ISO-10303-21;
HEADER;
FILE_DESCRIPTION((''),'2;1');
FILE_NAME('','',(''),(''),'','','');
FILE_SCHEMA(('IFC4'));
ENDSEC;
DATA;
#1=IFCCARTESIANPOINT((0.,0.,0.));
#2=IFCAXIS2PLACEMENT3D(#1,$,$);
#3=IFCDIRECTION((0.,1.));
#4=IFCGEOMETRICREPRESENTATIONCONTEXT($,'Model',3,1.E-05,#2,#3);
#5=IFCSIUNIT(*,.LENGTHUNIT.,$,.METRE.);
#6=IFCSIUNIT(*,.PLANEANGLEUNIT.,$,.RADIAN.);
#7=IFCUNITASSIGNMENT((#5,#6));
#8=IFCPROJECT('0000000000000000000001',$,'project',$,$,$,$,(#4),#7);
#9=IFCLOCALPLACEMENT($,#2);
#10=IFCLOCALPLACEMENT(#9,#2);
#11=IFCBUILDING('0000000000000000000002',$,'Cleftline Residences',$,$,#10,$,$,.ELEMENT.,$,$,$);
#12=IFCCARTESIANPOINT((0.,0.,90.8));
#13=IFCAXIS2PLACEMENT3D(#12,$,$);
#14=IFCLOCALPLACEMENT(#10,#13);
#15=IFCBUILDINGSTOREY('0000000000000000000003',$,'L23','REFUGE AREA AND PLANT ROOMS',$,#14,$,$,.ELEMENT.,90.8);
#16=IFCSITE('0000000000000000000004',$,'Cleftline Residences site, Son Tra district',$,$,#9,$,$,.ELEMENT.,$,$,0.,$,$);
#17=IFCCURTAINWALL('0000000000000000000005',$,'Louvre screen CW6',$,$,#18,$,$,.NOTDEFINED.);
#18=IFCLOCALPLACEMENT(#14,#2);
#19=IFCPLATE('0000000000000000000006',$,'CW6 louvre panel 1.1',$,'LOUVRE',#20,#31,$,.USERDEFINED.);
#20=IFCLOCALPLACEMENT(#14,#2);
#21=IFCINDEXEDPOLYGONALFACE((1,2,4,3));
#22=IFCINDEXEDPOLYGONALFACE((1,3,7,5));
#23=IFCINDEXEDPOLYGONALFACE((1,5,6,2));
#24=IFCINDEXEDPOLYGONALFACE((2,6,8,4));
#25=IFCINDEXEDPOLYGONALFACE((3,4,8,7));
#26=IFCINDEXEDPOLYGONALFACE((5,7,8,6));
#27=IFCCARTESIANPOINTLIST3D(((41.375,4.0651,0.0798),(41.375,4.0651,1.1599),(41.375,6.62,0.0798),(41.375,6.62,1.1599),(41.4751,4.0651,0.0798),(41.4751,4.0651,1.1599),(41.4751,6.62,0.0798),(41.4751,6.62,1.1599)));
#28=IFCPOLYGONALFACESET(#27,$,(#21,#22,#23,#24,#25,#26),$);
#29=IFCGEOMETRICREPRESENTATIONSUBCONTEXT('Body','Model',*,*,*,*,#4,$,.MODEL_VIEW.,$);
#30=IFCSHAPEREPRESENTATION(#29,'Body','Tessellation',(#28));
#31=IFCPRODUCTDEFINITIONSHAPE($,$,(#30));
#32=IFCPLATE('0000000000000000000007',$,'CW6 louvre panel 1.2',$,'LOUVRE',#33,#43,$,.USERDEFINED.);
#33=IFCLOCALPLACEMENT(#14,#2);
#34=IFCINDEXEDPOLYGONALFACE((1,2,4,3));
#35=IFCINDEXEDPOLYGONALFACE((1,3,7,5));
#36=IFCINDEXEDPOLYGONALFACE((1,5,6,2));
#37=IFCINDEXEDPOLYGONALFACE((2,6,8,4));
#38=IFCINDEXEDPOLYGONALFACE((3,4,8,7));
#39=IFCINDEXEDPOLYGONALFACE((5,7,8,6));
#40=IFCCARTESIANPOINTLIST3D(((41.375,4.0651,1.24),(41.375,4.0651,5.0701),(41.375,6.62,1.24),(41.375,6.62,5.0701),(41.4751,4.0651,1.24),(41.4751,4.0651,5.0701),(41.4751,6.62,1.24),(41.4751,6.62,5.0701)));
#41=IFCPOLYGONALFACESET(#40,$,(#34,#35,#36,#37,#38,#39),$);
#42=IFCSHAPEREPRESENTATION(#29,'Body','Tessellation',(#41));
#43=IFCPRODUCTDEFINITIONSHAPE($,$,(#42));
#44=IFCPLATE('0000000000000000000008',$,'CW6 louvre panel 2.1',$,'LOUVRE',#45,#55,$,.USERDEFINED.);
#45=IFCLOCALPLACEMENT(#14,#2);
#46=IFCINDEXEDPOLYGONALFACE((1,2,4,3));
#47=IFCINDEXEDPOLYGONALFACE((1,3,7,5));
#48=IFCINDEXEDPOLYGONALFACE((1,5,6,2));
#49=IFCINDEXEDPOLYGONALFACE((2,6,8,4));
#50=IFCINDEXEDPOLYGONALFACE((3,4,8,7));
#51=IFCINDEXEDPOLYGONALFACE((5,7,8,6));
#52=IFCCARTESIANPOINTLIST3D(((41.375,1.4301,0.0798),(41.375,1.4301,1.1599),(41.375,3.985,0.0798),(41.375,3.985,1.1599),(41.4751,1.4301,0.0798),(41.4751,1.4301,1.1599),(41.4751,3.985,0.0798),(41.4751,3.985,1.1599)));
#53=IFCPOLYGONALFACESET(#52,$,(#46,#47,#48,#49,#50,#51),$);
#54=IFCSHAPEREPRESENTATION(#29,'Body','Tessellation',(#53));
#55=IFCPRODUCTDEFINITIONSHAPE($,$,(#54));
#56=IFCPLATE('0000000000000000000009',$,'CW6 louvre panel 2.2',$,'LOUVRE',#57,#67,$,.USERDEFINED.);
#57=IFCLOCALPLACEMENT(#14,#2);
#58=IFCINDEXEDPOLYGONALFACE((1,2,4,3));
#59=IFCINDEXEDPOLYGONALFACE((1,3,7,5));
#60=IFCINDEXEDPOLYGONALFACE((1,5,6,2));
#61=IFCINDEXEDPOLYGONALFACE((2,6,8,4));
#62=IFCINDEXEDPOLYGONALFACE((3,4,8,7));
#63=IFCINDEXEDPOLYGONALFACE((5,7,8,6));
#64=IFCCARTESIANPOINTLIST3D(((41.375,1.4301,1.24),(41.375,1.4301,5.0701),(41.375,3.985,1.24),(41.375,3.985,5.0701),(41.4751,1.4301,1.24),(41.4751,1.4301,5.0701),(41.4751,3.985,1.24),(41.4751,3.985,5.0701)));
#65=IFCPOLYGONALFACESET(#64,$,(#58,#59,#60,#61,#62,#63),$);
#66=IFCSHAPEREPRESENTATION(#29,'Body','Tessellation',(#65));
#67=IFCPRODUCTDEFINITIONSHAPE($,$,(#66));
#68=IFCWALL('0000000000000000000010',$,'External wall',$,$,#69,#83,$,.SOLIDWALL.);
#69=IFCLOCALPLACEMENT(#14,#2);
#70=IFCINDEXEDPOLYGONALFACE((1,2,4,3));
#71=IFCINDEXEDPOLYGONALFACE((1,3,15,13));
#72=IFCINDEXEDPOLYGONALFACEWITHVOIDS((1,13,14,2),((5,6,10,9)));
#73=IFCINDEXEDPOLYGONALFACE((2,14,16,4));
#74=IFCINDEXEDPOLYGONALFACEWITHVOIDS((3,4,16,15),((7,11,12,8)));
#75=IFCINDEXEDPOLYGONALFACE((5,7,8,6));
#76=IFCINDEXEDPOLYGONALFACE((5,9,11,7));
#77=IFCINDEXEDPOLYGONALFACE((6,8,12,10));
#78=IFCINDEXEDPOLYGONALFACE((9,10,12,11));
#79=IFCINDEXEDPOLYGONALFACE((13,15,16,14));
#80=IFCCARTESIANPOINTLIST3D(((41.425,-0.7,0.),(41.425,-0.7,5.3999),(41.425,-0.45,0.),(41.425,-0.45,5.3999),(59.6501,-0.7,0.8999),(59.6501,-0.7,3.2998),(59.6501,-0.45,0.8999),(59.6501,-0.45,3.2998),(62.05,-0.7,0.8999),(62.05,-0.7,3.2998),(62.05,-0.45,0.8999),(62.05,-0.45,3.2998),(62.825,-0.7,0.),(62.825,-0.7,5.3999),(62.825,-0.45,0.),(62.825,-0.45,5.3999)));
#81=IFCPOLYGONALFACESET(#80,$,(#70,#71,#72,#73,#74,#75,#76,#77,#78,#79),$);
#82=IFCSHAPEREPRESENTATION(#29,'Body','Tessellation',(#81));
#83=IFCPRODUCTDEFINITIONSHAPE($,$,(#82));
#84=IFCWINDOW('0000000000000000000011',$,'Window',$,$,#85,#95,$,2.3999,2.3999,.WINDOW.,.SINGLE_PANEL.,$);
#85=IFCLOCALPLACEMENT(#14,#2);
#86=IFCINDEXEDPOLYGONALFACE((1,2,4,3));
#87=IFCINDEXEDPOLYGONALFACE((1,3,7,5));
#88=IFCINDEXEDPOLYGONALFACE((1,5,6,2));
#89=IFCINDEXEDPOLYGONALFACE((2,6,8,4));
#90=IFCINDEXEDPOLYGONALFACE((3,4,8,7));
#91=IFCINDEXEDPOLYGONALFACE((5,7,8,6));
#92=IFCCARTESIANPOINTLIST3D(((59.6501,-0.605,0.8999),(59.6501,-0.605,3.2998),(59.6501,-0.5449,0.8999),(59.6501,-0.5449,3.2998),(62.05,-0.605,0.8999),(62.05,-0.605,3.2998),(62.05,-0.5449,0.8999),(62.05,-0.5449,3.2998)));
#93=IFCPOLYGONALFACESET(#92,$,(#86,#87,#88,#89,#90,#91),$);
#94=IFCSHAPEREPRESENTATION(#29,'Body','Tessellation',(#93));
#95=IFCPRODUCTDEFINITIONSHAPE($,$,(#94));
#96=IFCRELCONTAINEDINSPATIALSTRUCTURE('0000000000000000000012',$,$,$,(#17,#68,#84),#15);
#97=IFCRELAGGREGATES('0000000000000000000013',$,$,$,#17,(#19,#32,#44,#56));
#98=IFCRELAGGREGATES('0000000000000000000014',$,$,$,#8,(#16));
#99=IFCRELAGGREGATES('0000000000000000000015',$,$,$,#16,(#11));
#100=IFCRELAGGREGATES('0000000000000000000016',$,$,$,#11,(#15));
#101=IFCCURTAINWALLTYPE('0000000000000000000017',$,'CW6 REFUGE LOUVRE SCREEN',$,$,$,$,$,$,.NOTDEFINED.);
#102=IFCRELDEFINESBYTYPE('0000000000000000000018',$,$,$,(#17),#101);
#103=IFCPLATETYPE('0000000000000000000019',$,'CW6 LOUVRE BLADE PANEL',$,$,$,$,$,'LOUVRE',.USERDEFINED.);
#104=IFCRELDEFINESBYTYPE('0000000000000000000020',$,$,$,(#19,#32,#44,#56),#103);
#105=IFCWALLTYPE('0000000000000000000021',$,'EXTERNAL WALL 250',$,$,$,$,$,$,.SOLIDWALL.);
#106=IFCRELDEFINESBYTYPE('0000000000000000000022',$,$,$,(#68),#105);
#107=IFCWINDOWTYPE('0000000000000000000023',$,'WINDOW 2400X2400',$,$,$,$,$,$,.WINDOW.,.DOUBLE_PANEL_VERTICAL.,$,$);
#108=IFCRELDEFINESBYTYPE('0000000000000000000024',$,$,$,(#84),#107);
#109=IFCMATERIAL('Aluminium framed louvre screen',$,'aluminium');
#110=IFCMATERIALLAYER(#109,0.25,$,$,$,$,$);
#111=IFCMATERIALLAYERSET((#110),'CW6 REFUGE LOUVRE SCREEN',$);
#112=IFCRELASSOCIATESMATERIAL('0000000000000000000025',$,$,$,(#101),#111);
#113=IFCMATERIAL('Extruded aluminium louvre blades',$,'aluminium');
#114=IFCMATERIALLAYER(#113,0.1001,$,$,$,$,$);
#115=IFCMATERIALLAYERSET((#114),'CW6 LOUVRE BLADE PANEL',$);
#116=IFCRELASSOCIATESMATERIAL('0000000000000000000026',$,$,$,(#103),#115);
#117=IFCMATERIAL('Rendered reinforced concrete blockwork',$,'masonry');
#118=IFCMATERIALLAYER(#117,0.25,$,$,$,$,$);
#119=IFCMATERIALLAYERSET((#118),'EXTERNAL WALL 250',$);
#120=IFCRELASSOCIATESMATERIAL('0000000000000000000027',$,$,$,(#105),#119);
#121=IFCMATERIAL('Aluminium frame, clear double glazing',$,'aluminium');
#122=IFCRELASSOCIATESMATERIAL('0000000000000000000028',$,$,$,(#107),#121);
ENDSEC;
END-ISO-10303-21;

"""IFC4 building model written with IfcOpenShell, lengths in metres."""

from ifc_helpers import new_model, si_unit, direction, frame, frame_2d, origin, origin_2d, place, context, subcontext, project, spatial, rectangle, extrude, material, layer, layer_set, type_object, element, fill, aggregate, save


model = new_model("IFC4")

# Units and contexts
model_context = context("Model", 3, precision=1e-05, world=origin(), true_north=direction((0.0, 1.0)))
body_context = subcontext(model_context, "Body", "Model", "MODEL_VIEW")
ifc_project = project(units=[si_unit("LENGTHUNIT", "METRE"), si_unit("PLANEANGLEUNIT", "RADIAN")], contexts=[model_context])

# Site, building, storey
site_placement = place(None, origin())
site = spatial("IfcSite", under=ifc_project, at=site_placement, Name="Cleftline Residences site, Son Tra district", CompositionType="ELEMENT", RefElevation=0.0)
building_placement = place(site_placement, origin())
building = spatial("IfcBuilding", under=site, at=building_placement, Name="Cleftline Residences", CompositionType="ELEMENT")
storey_placement = place(building_placement, frame((0.0, 0.0, 90.8)))
storey = spatial("IfcBuildingStorey", under=building, at=storey_placement, Name="L23", Description="REFUGE AREA AND PLANT ROOMS", CompositionType="ELEMENT", Elevation=90.8)

# Curtain wall, plates
ifc_material_1 = material(Name="Aluminium framed louvre screen", Category="aluminium")
ifc_layer_1 = layer(ifc_material_1, 0.25)
ifc_layer_set_1 = layer_set([ifc_layer_1], Name="CW6 REFUGE LOUVRE SCREEN")
curtain_wall_type = type_object("IfcCurtainWallType", Name="CW6 REFUGE LOUVRE SCREEN", PredefinedType="NOTDEFINED", material=ifc_layer_set_1)
curtain_wall_placement = place(storey_placement, origin())
curtain_wall = element("IfcCurtainWall", 1, at=curtain_wall_placement, inside=storey, type_object=curtain_wall_type, Name="Louvre screen CW6", PredefinedType="NOTDEFINED")
ifc_material_2 = material(Name="Extruded aluminium louvre blades", Category="aluminium")
ifc_layer_2 = layer(ifc_material_2, 0.1001)
ifc_layer_set_2 = layer_set([ifc_layer_2], Name="CW6 LOUVRE BLADE PANEL")
plate_type = type_object("IfcPlateType", Name="CW6 LOUVRE BLADE PANEL", ElementType="LOUVRE", PredefinedType="USERDEFINED", material=ifc_layer_set_2)
plate_1_placement = place(storey_placement, frame((41.425, 5.3425, 0.0798), z_axis=(0.0, 0.0, 1.0), x_axis=(0.0, -1.0, 0.0)))
plate_1 = element("IfcPlate", 2, at=plate_1_placement, type_object=plate_type, Name="CW6 louvre panel 1.1", ObjectType="LOUVRE", PredefinedType="USERDEFINED", context=body_context, shape_type="SweptSolid", body=[
    extrude(rectangle(XDim=2.5549, YDim=0.1001, at=origin_2d()), origin(), (0.0, 0.0, 1.0), 1.0801),
])
plate_2_placement = place(storey_placement, frame((41.425, 5.3425, 1.24), z_axis=(0.0, 0.0, 1.0), x_axis=(0.0, -1.0, 0.0)))
plate_2 = element("IfcPlate", 3, at=plate_2_placement, type_object=plate_type, Name="CW6 louvre panel 1.2", ObjectType="LOUVRE", PredefinedType="USERDEFINED", context=body_context, shape_type="SweptSolid", body=[
    extrude(rectangle(XDim=2.5549, YDim=0.1001, at=origin_2d()), origin(), (0.0, 0.0, 1.0), 3.8301),
])
plate_3_placement = place(storey_placement, frame((41.425, 2.7075, 0.0798), z_axis=(0.0, 0.0, 1.0), x_axis=(0.0, -1.0, 0.0)))
plate_3 = element("IfcPlate", 4, at=plate_3_placement, type_object=plate_type, Name="CW6 louvre panel 2.1", ObjectType="LOUVRE", PredefinedType="USERDEFINED", context=body_context, shape_type="SweptSolid", body=[
    extrude(rectangle(XDim=2.5549, YDim=0.1001, at=origin_2d()), origin(), (0.0, 0.0, 1.0), 1.0801),
])
plate_4_placement = place(storey_placement, frame((41.425, 2.7075, 1.24), z_axis=(0.0, 0.0, 1.0), x_axis=(0.0, -1.0, 0.0)))
plate_4 = element("IfcPlate", 5, at=plate_4_placement, type_object=plate_type, Name="CW6 louvre panel 2.2", ObjectType="LOUVRE", PredefinedType="USERDEFINED", context=body_context, shape_type="SweptSolid", body=[
    extrude(rectangle(XDim=2.5549, YDim=0.1001, at=origin_2d()), origin(), (0.0, 0.0, 1.0), 3.8301),
])
aggregate(curtain_wall, [plate_1, plate_2, plate_3, plate_4])

# Wall, opening, window
ifc_material_3 = material(Name="Rendered reinforced concrete blockwork", Category="masonry")
ifc_layer_3 = layer(ifc_material_3, 0.25)
ifc_layer_set_3 = layer_set([ifc_layer_3], Name="EXTERNAL WALL 250")
wall_type = type_object("IfcWallType", Name="EXTERNAL WALL 250", PredefinedType="SOLIDWALL", material=ifc_layer_set_3)
wall_placement = place(storey_placement, frame((41.425, -0.575, 0.0), z_axis=(0.0, 0.0, 1.0), x_axis=(1.0, 0.0, 0.0)))
wall = element("IfcWall", 6, at=wall_placement, inside=storey, type_object=wall_type, Name="External wall", PredefinedType="SOLIDWALL", context=body_context, shape_type="SweptSolid", body=[
    extrude(rectangle(XDim=21.3999, YDim=0.25, at=frame_2d((10.7, 0.0))), origin(), (0.0, 0.0, 1.0), 5.3999),
])
opening_placement = place(wall_placement, frame((18.2251, 0.0, 0.8999)))
opening = element("IfcOpeningElement", 7, at=opening_placement, cuts=wall, PredefinedType="OPENING", context=body_context, shape_type="SweptSolid", body=[
    extrude(rectangle(XDim=2.3999, YDim=2.3999, at=frame_2d((1.2, 1.2))), frame((0.0, 0.135, 0.0), z_axis=(0.0, -1.0, 0.0), x_axis=(1.0, 0.0, 0.0)), (0.0, 0.0, 1.0), 0.27),
])
ifc_material_4 = material(Name="Aluminium frame, clear double glazing", Category="aluminium")
window_type = type_object("IfcWindowType", Name="WINDOW 2400X2400", PartitioningType="DOUBLE_PANEL_VERTICAL", PredefinedType="WINDOW", material=ifc_material_4)
window_placement = place(opening_placement, origin())
window = element("IfcWindow", 8, at=window_placement, inside=storey, type_object=window_type, Name="Window", OverallHeight=2.3999, OverallWidth=2.3999, PartitioningType="SINGLE_PANEL", PredefinedType="WINDOW", context=body_context, shape_type="SweptSolid", body=[
    extrude(rectangle(XDim=2.3999, YDim=2.3999, at=frame_2d((1.2, 1.2))), frame((0.0, 0.03, 0.0), z_axis=(0.0, -1.0, 0.0), x_axis=(1.0, 0.0, 0.0)), (0.0, 0.0, 1.0), 0.0601),
])
fill(opening, window)

save(model, "model.ifc")
